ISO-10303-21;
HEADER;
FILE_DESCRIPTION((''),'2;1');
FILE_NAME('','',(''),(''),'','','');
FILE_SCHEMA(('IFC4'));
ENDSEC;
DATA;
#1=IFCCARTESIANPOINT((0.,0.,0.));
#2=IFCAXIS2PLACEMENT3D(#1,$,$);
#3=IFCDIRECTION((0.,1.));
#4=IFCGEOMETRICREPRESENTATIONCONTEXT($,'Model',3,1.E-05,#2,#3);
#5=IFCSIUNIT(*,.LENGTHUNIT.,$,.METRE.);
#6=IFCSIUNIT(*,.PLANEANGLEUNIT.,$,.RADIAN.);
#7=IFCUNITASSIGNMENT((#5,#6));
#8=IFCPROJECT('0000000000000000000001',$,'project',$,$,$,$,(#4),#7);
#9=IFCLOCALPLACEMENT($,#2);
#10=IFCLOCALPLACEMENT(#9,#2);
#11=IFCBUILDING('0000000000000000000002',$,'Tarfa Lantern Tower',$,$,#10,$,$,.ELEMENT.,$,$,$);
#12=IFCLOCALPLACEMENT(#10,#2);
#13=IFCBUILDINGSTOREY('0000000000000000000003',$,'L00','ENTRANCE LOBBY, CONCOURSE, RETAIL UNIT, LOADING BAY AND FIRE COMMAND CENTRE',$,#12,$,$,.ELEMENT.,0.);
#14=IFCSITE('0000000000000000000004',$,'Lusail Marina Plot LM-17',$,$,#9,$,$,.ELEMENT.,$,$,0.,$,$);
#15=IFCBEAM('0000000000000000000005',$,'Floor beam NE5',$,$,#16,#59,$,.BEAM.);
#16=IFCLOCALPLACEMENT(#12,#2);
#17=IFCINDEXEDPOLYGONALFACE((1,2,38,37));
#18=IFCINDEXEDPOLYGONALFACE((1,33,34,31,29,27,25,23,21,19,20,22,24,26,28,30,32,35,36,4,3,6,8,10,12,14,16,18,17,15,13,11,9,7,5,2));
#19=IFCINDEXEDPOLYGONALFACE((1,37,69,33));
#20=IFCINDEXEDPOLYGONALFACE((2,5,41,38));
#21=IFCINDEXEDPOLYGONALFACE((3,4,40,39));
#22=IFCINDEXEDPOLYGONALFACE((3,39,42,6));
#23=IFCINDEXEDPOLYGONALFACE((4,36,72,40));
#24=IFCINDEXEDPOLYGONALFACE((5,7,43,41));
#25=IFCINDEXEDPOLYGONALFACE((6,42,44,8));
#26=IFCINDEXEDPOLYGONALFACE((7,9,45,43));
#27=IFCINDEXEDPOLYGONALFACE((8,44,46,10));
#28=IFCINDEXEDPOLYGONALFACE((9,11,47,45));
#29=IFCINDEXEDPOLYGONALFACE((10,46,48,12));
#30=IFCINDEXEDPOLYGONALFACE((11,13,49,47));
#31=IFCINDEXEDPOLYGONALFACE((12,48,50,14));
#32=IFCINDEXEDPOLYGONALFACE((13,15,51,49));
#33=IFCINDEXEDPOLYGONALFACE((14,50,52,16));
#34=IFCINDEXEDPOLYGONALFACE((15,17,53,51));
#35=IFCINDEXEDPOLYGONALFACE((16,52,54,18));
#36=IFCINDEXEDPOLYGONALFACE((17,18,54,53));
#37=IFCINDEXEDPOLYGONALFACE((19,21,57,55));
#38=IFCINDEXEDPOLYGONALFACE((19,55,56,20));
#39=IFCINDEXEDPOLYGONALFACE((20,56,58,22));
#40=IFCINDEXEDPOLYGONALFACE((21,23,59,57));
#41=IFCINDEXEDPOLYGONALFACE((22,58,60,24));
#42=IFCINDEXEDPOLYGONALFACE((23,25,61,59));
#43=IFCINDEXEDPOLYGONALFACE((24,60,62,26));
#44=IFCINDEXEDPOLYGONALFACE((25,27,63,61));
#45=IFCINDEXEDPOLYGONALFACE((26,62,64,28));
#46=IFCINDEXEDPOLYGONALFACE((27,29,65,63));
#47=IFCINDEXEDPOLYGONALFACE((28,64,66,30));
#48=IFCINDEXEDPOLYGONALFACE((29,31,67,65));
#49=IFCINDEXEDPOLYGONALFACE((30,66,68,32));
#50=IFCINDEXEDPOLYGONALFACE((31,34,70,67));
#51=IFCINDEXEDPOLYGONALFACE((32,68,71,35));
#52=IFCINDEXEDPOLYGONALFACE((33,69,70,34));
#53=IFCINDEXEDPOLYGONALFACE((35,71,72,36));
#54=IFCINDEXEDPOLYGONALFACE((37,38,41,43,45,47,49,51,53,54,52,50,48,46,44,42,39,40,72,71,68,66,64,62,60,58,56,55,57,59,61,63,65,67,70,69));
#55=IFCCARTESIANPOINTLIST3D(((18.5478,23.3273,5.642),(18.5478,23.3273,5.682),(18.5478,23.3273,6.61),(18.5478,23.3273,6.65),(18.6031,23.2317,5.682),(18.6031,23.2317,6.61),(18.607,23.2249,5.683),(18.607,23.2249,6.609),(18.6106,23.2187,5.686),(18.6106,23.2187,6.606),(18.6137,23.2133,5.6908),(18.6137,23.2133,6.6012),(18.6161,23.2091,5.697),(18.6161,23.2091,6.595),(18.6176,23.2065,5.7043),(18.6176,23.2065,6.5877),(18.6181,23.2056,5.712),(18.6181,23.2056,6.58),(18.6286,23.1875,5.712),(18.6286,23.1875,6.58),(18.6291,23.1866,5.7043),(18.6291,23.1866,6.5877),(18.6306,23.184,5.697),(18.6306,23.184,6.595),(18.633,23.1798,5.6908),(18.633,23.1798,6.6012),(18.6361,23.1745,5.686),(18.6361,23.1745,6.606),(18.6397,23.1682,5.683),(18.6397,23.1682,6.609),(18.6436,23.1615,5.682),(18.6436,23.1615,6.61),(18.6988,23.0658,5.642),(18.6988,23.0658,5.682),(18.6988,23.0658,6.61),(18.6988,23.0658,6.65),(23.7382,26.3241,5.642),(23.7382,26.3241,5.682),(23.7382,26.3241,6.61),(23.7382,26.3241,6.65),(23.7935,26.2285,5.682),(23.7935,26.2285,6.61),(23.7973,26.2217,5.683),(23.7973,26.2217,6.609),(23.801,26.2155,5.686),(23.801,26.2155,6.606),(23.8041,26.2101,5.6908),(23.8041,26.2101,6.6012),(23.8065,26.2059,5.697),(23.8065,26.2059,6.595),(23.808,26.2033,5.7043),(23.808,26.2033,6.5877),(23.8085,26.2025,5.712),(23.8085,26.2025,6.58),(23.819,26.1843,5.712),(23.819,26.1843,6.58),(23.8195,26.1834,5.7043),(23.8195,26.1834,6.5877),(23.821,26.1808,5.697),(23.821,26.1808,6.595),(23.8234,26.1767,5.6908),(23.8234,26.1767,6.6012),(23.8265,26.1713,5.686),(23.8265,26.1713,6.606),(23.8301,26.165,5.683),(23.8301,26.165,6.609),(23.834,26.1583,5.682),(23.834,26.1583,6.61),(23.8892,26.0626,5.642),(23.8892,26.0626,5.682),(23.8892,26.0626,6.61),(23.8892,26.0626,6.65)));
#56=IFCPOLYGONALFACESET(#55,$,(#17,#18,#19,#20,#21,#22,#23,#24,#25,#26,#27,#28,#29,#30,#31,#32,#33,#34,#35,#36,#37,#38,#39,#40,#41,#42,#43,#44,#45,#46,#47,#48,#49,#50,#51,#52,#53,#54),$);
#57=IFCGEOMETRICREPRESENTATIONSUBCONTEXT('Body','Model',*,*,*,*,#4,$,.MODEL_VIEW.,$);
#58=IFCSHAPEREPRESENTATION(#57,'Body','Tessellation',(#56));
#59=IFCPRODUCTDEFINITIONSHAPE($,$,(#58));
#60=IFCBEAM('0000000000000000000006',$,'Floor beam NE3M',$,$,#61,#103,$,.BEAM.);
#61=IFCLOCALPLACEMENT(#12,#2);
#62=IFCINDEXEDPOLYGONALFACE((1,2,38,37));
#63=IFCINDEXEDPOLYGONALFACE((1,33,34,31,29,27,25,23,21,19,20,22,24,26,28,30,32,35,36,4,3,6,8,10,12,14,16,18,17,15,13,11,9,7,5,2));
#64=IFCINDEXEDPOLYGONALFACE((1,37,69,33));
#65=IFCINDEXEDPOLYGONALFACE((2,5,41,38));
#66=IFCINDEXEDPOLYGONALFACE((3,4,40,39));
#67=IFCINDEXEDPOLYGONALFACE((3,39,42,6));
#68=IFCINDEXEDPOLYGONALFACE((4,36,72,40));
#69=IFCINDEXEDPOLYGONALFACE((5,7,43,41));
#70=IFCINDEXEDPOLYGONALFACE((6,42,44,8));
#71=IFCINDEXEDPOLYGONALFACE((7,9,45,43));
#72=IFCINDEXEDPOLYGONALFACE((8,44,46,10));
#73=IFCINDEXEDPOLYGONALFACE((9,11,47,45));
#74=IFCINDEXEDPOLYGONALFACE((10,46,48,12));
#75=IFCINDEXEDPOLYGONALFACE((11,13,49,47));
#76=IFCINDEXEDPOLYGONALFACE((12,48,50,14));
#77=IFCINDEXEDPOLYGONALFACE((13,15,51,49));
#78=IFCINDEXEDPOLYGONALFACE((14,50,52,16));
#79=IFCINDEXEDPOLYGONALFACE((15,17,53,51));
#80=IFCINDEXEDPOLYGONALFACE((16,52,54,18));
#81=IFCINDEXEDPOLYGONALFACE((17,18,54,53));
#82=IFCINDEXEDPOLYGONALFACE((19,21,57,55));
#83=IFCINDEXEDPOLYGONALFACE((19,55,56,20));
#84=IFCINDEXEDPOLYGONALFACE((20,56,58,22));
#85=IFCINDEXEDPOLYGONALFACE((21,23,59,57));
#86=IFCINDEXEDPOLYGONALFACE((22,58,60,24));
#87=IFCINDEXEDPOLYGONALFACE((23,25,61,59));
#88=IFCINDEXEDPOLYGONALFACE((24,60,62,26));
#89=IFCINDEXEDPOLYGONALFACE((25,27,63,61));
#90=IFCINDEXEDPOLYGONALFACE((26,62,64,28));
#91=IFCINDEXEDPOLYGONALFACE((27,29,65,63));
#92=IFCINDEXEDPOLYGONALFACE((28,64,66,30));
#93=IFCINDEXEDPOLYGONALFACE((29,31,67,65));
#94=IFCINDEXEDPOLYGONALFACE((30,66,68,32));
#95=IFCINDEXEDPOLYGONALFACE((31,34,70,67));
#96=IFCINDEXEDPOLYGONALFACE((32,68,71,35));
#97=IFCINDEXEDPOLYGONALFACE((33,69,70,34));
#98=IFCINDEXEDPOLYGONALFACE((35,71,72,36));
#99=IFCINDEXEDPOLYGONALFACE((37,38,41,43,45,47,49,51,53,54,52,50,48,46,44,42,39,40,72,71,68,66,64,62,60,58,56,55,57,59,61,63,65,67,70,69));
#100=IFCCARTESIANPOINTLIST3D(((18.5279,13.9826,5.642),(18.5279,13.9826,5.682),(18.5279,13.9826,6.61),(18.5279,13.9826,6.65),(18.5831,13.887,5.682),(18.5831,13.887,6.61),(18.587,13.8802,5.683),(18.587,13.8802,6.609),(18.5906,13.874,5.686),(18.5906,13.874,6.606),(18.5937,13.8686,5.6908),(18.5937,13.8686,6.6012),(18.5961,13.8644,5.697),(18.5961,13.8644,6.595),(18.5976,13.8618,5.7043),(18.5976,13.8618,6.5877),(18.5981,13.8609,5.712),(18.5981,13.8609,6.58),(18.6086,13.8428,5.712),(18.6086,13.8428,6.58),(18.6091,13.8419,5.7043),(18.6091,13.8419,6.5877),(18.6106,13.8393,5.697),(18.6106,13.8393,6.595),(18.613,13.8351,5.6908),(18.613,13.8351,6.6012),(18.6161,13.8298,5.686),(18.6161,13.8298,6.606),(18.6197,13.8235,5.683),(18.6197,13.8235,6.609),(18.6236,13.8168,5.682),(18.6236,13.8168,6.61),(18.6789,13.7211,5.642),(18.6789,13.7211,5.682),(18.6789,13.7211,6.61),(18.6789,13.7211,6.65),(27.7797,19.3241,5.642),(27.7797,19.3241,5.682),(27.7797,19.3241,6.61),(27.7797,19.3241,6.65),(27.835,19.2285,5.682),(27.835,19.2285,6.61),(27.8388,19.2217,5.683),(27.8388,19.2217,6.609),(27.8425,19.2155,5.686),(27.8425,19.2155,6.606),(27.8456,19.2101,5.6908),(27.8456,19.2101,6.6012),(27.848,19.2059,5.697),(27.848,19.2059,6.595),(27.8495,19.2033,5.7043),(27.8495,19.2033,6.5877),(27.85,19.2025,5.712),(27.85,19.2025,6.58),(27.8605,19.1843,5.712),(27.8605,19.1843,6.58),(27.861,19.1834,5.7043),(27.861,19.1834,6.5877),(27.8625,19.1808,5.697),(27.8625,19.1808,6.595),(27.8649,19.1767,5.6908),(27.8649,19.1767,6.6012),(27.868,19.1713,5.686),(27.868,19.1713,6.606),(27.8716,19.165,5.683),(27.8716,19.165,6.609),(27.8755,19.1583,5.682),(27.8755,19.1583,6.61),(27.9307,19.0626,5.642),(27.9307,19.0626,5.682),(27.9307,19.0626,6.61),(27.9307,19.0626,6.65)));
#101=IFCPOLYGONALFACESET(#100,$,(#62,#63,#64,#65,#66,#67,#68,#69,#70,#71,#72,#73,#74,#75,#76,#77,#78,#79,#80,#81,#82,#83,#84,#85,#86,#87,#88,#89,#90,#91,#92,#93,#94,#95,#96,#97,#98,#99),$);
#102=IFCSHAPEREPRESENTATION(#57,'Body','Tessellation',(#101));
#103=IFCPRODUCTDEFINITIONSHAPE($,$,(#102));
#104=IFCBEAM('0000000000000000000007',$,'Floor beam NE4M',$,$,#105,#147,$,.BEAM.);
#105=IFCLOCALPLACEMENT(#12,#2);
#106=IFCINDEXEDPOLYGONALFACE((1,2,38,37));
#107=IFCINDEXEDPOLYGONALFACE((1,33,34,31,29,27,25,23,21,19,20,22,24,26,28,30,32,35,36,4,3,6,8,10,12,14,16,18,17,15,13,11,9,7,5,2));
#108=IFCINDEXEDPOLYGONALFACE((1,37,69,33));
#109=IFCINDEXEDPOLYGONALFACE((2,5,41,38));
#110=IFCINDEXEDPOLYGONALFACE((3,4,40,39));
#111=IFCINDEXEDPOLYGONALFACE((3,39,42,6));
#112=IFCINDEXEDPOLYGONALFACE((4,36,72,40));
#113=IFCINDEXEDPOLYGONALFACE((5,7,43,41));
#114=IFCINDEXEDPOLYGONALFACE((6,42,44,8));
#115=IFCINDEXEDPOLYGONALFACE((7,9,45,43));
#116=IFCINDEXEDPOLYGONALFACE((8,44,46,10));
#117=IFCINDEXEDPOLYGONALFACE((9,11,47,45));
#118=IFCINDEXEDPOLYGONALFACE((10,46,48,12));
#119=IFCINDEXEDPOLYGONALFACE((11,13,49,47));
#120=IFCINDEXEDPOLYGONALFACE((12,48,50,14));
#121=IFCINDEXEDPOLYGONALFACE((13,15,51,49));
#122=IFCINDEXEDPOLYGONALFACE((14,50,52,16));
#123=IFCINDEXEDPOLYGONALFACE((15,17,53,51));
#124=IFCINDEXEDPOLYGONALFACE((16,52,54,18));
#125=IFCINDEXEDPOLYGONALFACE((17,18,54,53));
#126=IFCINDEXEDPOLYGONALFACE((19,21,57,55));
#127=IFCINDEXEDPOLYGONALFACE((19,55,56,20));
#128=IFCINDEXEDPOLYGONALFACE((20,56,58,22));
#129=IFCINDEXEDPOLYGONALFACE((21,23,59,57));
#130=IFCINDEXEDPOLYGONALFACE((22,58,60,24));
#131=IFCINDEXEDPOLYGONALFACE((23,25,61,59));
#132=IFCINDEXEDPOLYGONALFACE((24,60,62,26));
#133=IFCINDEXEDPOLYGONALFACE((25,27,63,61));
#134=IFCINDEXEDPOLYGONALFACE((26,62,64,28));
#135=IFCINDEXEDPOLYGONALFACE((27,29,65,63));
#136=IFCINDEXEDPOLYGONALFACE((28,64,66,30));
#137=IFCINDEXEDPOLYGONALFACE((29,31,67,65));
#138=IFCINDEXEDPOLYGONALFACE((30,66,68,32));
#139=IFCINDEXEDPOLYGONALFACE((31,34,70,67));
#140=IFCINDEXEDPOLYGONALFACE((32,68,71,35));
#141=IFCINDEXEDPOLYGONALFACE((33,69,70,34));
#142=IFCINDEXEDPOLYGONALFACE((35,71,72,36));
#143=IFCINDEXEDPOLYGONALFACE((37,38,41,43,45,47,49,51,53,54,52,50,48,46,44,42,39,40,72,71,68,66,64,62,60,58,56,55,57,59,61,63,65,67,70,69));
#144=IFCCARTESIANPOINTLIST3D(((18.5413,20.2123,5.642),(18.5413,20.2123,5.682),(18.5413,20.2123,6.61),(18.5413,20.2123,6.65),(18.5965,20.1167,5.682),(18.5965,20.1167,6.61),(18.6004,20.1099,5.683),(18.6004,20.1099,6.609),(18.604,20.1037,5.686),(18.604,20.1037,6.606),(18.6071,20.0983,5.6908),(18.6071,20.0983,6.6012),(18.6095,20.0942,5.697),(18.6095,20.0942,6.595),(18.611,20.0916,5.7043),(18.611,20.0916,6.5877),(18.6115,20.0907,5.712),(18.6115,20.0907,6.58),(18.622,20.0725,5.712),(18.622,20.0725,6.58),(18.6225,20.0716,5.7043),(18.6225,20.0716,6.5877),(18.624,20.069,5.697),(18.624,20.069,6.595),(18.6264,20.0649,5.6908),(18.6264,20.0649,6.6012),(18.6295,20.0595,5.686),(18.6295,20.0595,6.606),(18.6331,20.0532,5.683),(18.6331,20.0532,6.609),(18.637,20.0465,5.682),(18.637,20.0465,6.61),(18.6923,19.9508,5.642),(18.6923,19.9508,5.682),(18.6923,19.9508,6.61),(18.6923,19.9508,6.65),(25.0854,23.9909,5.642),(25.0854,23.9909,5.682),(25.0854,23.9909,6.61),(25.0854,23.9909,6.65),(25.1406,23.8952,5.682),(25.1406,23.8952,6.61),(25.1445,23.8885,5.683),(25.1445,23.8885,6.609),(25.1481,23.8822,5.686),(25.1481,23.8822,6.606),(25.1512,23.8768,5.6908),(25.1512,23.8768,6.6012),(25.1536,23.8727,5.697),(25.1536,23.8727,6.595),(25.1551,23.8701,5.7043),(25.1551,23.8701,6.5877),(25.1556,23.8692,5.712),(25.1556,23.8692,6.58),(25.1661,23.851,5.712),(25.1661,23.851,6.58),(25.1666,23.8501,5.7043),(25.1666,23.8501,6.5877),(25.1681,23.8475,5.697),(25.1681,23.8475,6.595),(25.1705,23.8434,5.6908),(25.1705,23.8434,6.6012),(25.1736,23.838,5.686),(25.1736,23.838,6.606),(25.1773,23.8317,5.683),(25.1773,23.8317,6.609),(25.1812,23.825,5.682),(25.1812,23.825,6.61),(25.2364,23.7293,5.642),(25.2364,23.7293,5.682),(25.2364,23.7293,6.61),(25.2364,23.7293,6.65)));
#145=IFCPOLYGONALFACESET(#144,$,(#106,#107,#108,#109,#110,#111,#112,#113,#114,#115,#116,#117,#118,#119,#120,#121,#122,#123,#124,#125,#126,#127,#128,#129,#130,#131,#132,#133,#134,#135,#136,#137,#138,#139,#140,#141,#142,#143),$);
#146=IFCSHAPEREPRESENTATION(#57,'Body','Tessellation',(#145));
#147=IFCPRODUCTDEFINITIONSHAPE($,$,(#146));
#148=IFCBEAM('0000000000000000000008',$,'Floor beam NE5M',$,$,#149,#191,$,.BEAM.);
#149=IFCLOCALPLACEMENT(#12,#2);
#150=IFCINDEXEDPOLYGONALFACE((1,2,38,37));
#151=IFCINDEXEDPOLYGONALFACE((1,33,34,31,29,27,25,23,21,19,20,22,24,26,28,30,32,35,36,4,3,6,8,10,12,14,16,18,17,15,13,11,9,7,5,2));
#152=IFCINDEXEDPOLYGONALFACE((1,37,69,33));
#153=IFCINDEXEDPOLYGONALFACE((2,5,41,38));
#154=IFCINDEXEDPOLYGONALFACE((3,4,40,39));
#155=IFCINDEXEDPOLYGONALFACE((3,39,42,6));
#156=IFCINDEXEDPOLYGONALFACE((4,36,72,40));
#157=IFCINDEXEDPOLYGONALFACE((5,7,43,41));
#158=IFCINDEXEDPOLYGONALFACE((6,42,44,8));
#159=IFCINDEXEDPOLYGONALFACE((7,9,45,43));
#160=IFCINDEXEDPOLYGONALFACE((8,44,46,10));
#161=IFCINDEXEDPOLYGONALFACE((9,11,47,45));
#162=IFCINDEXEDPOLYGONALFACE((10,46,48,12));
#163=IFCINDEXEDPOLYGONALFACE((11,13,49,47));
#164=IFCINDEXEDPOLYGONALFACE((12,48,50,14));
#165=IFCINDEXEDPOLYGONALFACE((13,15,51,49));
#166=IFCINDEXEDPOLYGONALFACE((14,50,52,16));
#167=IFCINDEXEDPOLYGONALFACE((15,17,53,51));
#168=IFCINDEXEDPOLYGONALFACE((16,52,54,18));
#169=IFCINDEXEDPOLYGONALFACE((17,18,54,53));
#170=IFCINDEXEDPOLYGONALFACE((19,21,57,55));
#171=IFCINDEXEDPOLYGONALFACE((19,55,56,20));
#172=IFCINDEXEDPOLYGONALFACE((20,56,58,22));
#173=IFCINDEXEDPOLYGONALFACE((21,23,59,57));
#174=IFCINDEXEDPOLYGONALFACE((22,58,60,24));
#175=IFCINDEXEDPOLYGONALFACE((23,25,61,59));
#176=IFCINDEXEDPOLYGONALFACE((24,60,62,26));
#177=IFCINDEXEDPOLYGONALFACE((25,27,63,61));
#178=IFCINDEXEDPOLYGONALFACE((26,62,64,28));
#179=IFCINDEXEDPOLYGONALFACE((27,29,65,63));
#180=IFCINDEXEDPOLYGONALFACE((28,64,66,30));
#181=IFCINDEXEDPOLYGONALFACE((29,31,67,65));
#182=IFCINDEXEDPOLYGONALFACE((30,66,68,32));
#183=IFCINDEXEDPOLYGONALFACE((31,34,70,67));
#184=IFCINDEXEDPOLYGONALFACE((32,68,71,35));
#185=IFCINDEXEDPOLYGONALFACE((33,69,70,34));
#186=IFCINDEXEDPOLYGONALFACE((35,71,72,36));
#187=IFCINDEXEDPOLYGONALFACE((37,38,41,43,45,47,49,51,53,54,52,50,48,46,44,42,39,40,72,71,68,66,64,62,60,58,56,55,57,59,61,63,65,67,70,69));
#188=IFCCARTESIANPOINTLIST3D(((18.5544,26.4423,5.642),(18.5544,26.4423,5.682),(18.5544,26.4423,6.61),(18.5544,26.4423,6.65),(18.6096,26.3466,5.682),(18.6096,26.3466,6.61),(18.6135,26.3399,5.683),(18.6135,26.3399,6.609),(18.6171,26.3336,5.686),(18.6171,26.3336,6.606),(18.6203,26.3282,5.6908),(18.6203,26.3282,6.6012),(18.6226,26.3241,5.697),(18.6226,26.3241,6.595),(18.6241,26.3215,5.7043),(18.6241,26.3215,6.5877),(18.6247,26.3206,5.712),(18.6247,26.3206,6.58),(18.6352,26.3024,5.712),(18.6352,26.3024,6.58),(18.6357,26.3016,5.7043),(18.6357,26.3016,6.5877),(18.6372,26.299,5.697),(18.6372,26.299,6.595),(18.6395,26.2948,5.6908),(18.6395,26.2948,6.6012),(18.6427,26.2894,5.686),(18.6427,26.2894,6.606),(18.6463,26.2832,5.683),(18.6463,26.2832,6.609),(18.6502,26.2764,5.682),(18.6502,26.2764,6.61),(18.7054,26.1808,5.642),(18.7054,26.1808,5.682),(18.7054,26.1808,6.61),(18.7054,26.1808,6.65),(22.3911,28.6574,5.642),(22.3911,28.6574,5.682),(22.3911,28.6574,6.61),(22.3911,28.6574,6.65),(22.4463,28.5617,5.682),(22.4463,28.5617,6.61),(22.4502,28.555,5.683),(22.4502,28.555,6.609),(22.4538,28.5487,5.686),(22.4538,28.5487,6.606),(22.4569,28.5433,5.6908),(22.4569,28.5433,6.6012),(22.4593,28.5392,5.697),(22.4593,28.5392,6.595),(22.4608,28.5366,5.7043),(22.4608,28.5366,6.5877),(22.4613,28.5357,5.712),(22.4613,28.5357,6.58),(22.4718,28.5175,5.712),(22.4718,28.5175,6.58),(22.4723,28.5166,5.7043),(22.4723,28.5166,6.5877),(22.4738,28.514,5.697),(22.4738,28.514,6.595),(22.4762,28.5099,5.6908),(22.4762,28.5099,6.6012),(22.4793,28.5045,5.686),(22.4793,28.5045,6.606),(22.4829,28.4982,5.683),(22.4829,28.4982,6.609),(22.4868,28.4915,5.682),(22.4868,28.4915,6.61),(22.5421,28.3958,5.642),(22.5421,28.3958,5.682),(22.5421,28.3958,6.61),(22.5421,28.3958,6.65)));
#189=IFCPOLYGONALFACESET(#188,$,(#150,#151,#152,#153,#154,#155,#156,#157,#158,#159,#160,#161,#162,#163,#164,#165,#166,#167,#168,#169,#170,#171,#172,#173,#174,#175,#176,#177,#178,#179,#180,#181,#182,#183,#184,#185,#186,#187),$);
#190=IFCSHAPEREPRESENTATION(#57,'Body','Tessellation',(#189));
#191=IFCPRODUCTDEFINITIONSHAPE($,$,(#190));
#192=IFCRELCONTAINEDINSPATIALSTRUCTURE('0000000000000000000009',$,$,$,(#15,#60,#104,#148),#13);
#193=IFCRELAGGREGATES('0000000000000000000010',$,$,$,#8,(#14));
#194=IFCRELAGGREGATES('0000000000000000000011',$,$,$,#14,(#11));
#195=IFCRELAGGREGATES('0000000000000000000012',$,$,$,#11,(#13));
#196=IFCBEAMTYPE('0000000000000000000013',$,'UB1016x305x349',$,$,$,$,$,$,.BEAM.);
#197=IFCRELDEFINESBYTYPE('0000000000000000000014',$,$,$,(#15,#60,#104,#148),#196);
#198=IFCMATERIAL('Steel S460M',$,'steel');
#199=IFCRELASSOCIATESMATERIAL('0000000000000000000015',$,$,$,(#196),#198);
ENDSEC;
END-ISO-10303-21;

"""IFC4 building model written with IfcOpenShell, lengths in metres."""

from ifc_helpers import new_model, si_unit, direction, frame, origin, origin_2d, place, context, subcontext, project, spatial, i_section, extrude, material, material_profile, profile_set, type_object, element, save


model = new_model("IFC4")

# Units and contexts
model_context = context("Model", 3, precision=1e-05, world=origin(), true_north=direction((0.0, 1.0)))
body_context = subcontext(model_context, "Body", "Model", "MODEL_VIEW")
ifc_project = project(units=[si_unit("LENGTHUNIT", "METRE"), si_unit("PLANEANGLEUNIT", "RADIAN")], contexts=[model_context])

# Site, building, storey
site_placement = place(None, origin())
site = spatial("IfcSite", under=ifc_project, at=site_placement, Name="Lusail Marina Plot LM-17", CompositionType="ELEMENT", RefElevation=0.0)
building_placement = place(site_placement, origin())
building = spatial("IfcBuilding", under=site, at=building_placement, Name="Tarfa Lantern Tower", CompositionType="ELEMENT")
storey_placement = place(building_placement, origin())
storey = spatial("IfcBuildingStorey", under=building, at=storey_placement, Name="L00", Description="ENTRANCE LOBBY, CONCOURSE, RETAIL UNIT, LOADING BAY AND FIRE COMMAND CENTRE", CompositionType="ELEMENT", Elevation=0.0)

# Beams
ifc_material_1 = material(Name="Steel S460M", Category="steel")
ifc_material_profile_1 = material_profile(ifc_material_1, i_section(OverallWidth=0.302, OverallDepth=1.0081, WebThickness=0.021, FlangeThickness=0.04, FilletRadius=0.03, at=origin_2d()), Name="UB1016x305x349")
ifc_profile_set_1 = profile_set([ifc_material_profile_1], Name="Steel S460M")
beam_type_1 = type_object("IfcBeamType", Name="UB1016x305x349", PredefinedType="BEAM", material=ifc_profile_set_1)
beam_1_placement = place(storey_placement, frame((23.8137, 26.1934, 6.146), z_axis=(-0.866016, -0.500016, 0.0), x_axis=(0.500016, -0.866016, 0.0)))
element("IfcBeam", 1, at=beam_1_placement, inside=storey, type_object=beam_type_1, Name="Floor beam NE5", PredefinedType="BEAM", context=body_context, shape_type="SweptSolid", body=[
    extrude(i_section(OverallWidth=0.302, OverallDepth=1.0081, WebThickness=0.021, FlangeThickness=0.04, FilletRadius=0.03, at=origin_2d()), origin(), (0.0, 0.0, 1.0), 5.9934),
])
beam_2_placement = place(storey_placement, frame((27.8552, 19.1934, 6.146), z_axis=(-0.866028, -0.499995, 0.0), x_axis=(0.499995, -0.866028, 0.0)))
element("IfcBeam", 2, at=beam_2_placement, inside=storey, type_object=beam_type_1, Name="Floor beam NE3M", PredefinedType="BEAM", context=body_context, shape_type="SweptSolid", body=[
    extrude(i_section(OverallWidth=0.302, OverallDepth=1.0081, WebThickness=0.021, FlangeThickness=0.04, FilletRadius=0.03, at=origin_2d()), origin(), (0.0, 0.0, 1.0), 10.6831),
])
beam_3_placement = place(storey_placement, frame((25.1609, 23.8601, 6.146), z_axis=(-0.86601, -0.500027, 0.0), x_axis=(0.500027, -0.86601, 0.0)))
element("IfcBeam", 3, at=beam_3_placement, inside=storey, type_object=beam_type_1, Name="Floor beam NE4M", PredefinedType="BEAM", context=body_context, shape_type="SweptSolid", body=[
    extrude(i_section(OverallWidth=0.302, OverallDepth=1.0081, WebThickness=0.021, FlangeThickness=0.04, FilletRadius=0.03, at=origin_2d()), origin(), (0.0, 0.0, 1.0), 7.5566),
])
beam_4_placement = place(storey_placement, frame((22.4666, 28.5266, 6.146), z_axis=(-0.866027, -0.499998, 0.0), x_axis=(0.499998, -0.866027, 0.0)))
element("IfcBeam", 4, at=beam_4_placement, inside=storey, type_object=beam_type_1, Name="Floor beam NE5M", PredefinedType="BEAM", context=body_context, shape_type="SweptSolid", body=[
    extrude(i_section(OverallWidth=0.302, OverallDepth=1.0081, WebThickness=0.021, FlangeThickness=0.04, FilletRadius=0.03, at=origin_2d()), origin(), (0.0, 0.0, 1.0), 4.4302),
])

save(model, "model.ifc")
